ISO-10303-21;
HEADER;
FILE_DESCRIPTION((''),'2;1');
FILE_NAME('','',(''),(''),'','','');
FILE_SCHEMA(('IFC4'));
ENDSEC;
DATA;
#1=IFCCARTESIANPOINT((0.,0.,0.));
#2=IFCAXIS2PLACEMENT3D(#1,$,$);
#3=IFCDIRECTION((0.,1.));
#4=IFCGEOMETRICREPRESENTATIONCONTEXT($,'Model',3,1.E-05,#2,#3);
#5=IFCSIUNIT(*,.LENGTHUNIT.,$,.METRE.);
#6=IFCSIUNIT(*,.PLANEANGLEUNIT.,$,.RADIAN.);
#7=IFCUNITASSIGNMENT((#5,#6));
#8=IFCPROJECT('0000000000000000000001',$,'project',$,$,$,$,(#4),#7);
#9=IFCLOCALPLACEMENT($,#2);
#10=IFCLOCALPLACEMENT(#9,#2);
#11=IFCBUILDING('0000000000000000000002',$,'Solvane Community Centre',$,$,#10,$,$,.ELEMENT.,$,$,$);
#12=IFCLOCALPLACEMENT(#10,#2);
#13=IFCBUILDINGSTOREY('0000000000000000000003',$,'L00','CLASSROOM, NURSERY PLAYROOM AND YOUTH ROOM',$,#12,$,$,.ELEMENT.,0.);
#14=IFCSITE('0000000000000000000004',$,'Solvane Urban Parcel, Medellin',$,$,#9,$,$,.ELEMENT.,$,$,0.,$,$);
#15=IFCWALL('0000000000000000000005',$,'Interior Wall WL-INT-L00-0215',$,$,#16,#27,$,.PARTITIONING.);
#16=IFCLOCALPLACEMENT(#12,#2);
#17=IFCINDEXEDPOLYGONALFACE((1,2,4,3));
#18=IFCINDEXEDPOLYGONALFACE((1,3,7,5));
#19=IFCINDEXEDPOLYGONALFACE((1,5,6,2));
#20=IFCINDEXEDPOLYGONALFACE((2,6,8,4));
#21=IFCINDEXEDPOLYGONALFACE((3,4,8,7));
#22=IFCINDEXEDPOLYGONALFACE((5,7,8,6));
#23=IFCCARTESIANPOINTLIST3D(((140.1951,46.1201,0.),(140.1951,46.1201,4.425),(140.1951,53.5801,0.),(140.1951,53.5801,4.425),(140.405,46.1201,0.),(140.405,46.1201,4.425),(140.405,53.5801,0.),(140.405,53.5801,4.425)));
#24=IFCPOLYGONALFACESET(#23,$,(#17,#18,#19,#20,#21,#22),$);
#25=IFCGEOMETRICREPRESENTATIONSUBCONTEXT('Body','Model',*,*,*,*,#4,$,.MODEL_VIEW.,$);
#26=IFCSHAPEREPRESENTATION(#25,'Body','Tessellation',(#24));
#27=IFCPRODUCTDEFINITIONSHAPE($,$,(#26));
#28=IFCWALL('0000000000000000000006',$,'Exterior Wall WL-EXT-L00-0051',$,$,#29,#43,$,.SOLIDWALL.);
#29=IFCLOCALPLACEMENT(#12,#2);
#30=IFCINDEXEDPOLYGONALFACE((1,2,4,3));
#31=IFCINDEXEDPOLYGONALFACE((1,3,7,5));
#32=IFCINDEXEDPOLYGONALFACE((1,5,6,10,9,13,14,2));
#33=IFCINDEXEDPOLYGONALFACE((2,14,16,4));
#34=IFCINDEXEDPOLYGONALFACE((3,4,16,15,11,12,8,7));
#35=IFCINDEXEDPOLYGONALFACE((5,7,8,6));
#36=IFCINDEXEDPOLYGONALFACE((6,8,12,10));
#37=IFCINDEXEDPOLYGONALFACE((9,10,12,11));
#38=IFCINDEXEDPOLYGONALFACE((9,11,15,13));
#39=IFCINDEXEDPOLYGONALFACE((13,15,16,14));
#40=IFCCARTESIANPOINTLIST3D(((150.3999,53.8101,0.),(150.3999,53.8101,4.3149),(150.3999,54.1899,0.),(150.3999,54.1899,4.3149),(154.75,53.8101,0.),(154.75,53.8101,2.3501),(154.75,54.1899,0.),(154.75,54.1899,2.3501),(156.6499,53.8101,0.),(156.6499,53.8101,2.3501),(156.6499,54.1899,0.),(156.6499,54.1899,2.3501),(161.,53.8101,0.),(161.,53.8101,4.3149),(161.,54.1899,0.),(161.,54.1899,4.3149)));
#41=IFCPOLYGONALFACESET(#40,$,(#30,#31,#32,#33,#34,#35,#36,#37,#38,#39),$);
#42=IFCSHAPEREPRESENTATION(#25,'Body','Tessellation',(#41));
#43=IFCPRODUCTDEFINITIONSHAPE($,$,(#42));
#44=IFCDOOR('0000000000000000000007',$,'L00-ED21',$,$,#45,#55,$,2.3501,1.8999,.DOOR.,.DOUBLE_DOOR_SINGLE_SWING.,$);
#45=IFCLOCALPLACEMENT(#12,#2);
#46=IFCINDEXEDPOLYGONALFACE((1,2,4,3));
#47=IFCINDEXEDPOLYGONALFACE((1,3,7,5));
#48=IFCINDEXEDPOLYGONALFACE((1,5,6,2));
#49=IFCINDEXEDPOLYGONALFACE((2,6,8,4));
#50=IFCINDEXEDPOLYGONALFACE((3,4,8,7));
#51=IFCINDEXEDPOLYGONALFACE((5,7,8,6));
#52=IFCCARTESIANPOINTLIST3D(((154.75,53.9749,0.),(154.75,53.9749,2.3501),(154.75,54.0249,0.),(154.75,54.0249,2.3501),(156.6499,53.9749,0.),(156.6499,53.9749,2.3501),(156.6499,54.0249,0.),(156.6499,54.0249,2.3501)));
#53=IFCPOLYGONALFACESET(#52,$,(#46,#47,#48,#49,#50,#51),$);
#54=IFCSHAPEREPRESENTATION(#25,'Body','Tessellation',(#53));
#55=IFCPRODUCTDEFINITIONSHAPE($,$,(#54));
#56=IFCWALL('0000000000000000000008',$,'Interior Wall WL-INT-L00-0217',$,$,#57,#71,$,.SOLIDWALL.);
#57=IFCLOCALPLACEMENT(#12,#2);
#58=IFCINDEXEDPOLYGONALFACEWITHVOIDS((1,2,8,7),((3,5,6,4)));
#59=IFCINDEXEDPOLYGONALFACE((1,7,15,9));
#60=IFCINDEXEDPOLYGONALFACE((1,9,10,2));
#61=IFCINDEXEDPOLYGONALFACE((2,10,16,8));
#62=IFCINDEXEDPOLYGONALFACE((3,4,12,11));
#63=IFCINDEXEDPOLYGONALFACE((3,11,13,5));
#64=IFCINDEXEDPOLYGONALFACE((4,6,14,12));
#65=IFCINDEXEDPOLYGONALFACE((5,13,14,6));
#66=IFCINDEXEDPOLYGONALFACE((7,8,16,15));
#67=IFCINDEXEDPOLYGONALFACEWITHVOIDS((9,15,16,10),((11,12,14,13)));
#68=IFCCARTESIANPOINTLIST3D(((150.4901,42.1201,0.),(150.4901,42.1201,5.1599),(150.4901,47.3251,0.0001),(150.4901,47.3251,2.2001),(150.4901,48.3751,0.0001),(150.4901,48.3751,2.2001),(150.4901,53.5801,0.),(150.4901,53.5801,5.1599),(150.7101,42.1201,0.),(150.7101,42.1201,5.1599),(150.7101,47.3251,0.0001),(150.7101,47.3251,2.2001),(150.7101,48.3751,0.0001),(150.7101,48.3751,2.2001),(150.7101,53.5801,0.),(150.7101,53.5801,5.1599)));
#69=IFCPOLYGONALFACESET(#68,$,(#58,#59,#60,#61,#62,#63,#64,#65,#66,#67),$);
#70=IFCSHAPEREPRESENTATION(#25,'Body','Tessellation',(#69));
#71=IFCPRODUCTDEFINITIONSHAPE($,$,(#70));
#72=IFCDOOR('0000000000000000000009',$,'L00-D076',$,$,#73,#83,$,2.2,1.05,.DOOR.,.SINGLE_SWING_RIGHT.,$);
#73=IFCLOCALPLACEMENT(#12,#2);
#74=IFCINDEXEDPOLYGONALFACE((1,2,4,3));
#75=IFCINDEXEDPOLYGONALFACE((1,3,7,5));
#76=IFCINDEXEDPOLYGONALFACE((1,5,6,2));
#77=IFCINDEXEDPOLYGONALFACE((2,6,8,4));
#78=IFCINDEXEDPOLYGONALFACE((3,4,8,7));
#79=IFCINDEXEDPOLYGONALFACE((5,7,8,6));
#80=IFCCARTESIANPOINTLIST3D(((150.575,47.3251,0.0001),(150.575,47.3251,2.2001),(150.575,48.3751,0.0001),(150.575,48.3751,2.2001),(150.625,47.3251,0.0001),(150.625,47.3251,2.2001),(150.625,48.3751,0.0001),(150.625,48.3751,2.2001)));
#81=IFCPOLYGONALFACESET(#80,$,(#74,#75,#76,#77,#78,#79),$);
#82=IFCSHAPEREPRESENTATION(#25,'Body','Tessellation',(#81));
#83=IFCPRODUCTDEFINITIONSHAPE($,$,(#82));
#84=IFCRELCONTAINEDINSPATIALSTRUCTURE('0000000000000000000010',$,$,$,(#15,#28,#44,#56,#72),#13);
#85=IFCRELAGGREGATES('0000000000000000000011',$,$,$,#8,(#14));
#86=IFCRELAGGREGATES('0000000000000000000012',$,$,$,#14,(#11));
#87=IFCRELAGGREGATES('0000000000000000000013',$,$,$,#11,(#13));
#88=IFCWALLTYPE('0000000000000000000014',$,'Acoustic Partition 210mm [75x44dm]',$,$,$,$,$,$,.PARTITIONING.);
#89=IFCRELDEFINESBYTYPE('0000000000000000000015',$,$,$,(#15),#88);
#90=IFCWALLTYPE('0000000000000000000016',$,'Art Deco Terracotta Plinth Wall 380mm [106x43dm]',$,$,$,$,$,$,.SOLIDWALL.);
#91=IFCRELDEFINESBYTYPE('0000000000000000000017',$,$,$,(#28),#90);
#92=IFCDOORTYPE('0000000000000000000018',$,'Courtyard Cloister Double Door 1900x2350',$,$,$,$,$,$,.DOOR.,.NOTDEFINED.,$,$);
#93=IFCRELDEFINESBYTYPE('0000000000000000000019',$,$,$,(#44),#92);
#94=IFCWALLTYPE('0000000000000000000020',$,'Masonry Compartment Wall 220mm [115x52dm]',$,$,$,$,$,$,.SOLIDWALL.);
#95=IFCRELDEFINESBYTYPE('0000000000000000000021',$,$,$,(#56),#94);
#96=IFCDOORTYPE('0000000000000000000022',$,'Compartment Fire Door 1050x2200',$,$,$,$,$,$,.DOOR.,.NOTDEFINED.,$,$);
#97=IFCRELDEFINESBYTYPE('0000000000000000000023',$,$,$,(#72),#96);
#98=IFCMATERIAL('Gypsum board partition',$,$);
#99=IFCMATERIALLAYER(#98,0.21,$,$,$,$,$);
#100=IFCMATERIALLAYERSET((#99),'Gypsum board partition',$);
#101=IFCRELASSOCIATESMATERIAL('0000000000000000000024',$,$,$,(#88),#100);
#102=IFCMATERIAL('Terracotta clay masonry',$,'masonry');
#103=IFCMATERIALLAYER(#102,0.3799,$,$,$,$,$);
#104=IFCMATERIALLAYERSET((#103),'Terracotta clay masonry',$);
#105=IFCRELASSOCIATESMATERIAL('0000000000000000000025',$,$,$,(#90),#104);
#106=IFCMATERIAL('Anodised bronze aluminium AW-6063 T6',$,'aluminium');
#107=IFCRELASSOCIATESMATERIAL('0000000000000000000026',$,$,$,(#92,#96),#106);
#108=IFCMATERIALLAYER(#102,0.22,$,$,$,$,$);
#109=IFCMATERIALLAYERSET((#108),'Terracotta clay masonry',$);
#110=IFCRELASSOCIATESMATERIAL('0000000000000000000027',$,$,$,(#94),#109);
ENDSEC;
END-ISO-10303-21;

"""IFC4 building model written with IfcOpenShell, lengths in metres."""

from ifc_helpers import new_model, si_unit, direction, frame, frame_2d, origin, place, context, subcontext, project, spatial, rectangle, extrude, material, layer, layer_set, type_object, element, fill, save


model = new_model("IFC4")

# Units and contexts
model_context = context("Model", 3, precision=1e-05, world=origin(), true_north=direction((0.0, 1.0)))
body_context = subcontext(model_context, "Body", "Model", "MODEL_VIEW")
ifc_project = project(units=[si_unit("LENGTHUNIT", "METRE"), si_unit("PLANEANGLEUNIT", "RADIAN")], contexts=[model_context])

# Site, building, storey
site_placement = place(None, origin())
site = spatial("IfcSite", under=ifc_project, at=site_placement, Name="Solvane Urban Parcel, Medellin", CompositionType="ELEMENT", RefElevation=0.0)
building_placement = place(site_placement, origin())
building = spatial("IfcBuilding", under=site, at=building_placement, Name="Solvane Community Centre", CompositionType="ELEMENT")
storey_placement = place(building_placement, origin())
storey = spatial("IfcBuildingStorey", under=building, at=storey_placement, Name="L00", Description="CLASSROOM, NURSERY PLAYROOM AND YOUTH ROOM", CompositionType="ELEMENT", Elevation=0.0)

# Wall
ifc_material_1 = material(Name="Gypsum board partition")
ifc_layer_1 = layer(ifc_material_1, 0.21)
ifc_layer_set_1 = layer_set([ifc_layer_1], Name="Gypsum board partition")
wall_type_1 = type_object("IfcWallType", Name="Acoustic Partition 210mm [75x44dm]", PredefinedType="PARTITIONING", material=ifc_layer_set_1)
wall_1_placement = place(storey_placement, frame((140.3, 53.5801, 0.0), z_axis=(0.0, 0.0, 1.0), x_axis=(0.0, -1.0, 0.0)))
element("IfcWall", 1, at=wall_1_placement, inside=storey, type_object=wall_type_1, Name="Interior Wall WL-INT-L00-0215", PredefinedType="PARTITIONING", context=body_context, shape_type="SweptSolid", body=[
    extrude(rectangle(XDim=7.46, YDim=0.21, at=frame_2d((3.73, 0.0))), origin(), (0.0, 0.0, 1.0), 4.425),
])

# Walls, openings, doors
ifc_material_2 = material(Name="Terracotta clay masonry", Category="masonry")
ifc_material_3 = material(Name="Anodised bronze aluminium AW-6063 T6", Category="aluminium")
ifc_layer_2 = layer(ifc_material_2, 0.3799)
ifc_layer_set_2 = layer_set([ifc_layer_2], Name="Terracotta clay masonry")
wall_type_2 = type_object("IfcWallType", Name="Art Deco Terracotta Plinth Wall 380mm [106x43dm]", PredefinedType="SOLIDWALL", material=ifc_layer_set_2)
wall_2_placement = place(storey_placement, frame((150.3999, 54.0, 0.0), z_axis=(0.0, 0.0, 1.0), x_axis=(1.0, 0.0, 0.0)))
wall_2 = element("IfcWall", 2, at=wall_2_placement, inside=storey, type_object=wall_type_2, Name="Exterior Wall WL-EXT-L00-0051", PredefinedType="SOLIDWALL", context=body_context, shape_type="SweptSolid", body=[
    extrude(rectangle(XDim=10.6001, YDim=0.3799, at=frame_2d((5.3, 0.0))), origin(), (0.0, 0.0, 1.0), 4.3149),
])
opening_1_placement = place(wall_2_placement, frame((4.3501, 0.0, 0.0)))
opening_1 = element("IfcOpeningElement", 3, at=opening_1_placement, cuts=wall_2, PredefinedType="OPENING", context=body_context, shape_type="SweptSolid", body=[
    extrude(rectangle(XDim=1.8999, YDim=2.3501, at=frame_2d((0.95, 1.175))), frame((0.0, 0.2, 0.0), z_axis=(0.0, -1.0, 0.0), x_axis=(1.0, 0.0, 0.0)), (0.0, 0.0, 1.0), 0.3999),
])
door_type_1 = type_object("IfcDoorType", Name="Courtyard Cloister Double Door 1900x2350", OperationType="NOTDEFINED", PredefinedType="DOOR", material=ifc_material_3)
door_1_placement = place(opening_1_placement, origin())
door_1 = element("IfcDoor", 4, at=door_1_placement, inside=storey, type_object=door_type_1, Name="L00-ED21", OperationType="DOUBLE_DOOR_SINGLE_SWING", OverallHeight=2.3501, OverallWidth=1.8999, PredefinedType="DOOR", context=body_context, shape_type="SweptSolid", body=[
    extrude(rectangle(XDim=1.8999, YDim=2.3501, at=frame_2d((0.95, 1.175))), frame((0.0, 0.0249, 0.0), z_axis=(0.0, -1.0, 0.0), x_axis=(1.0, 0.0, 0.0)), (0.0, 0.0, 1.0), 0.05),
])
fill(opening_1, door_1)
ifc_layer_3 = layer(ifc_material_2, 0.22)
ifc_layer_set_3 = layer_set([ifc_layer_3], Name="Terracotta clay masonry")
wall_type_3 = type_object("IfcWallType", Name="Masonry Compartment Wall 220mm [115x52dm]", PredefinedType="SOLIDWALL", material=ifc_layer_set_3)
wall_3_placement = place(storey_placement, frame((150.6001, 53.5801, 0.0), z_axis=(0.0, 0.0, 1.0), x_axis=(0.0, -1.0, 0.0)))
wall_3 = element("IfcWall", 5, at=wall_3_placement, inside=storey, type_object=wall_type_3, Name="Interior Wall WL-INT-L00-0217", PredefinedType="SOLIDWALL", context=body_context, shape_type="SweptSolid", body=[
    extrude(rectangle(XDim=11.46, YDim=0.22, at=frame_2d((5.73, 0.0))), origin(), (0.0, 0.0, 1.0), 5.1599),
])
opening_2_placement = place(wall_3_placement, frame((5.2051, 0.0, 0.0)))
opening_2 = element("IfcOpeningElement", 6, at=opening_2_placement, cuts=wall_3, PredefinedType="OPENING", context=body_context, shape_type="SweptSolid", body=[
    extrude(rectangle(XDim=1.05, YDim=2.2, at=frame_2d((0.5249, 1.1001))), frame((0.0, 0.1199, 0.0), z_axis=(0.0, -1.0, 0.0), x_axis=(1.0, 0.0, 0.0)), (0.0, 0.0, 1.0), 0.24),
])
door_type_2 = type_object("IfcDoorType", Name="Compartment Fire Door 1050x2200", OperationType="NOTDEFINED", PredefinedType="DOOR", material=ifc_material_3)
door_2_placement = place(opening_2_placement, origin())
door_2 = element("IfcDoor", 7, at=door_2_placement, inside=storey, type_object=door_type_2, Name="L00-D076", OperationType="SINGLE_SWING_RIGHT", OverallHeight=2.2, OverallWidth=1.05, PredefinedType="DOOR", context=body_context, shape_type="SweptSolid", body=[
    extrude(rectangle(XDim=1.05, YDim=2.2, at=frame_2d((0.5249, 1.1001))), frame((0.0, 0.0249, 0.0), z_axis=(0.0, -1.0, 0.0), x_axis=(1.0, 0.0, 0.0)), (0.0, 0.0, 1.0), 0.05),
])
fill(opening_2, door_2)

save(model, "model.ifc")
